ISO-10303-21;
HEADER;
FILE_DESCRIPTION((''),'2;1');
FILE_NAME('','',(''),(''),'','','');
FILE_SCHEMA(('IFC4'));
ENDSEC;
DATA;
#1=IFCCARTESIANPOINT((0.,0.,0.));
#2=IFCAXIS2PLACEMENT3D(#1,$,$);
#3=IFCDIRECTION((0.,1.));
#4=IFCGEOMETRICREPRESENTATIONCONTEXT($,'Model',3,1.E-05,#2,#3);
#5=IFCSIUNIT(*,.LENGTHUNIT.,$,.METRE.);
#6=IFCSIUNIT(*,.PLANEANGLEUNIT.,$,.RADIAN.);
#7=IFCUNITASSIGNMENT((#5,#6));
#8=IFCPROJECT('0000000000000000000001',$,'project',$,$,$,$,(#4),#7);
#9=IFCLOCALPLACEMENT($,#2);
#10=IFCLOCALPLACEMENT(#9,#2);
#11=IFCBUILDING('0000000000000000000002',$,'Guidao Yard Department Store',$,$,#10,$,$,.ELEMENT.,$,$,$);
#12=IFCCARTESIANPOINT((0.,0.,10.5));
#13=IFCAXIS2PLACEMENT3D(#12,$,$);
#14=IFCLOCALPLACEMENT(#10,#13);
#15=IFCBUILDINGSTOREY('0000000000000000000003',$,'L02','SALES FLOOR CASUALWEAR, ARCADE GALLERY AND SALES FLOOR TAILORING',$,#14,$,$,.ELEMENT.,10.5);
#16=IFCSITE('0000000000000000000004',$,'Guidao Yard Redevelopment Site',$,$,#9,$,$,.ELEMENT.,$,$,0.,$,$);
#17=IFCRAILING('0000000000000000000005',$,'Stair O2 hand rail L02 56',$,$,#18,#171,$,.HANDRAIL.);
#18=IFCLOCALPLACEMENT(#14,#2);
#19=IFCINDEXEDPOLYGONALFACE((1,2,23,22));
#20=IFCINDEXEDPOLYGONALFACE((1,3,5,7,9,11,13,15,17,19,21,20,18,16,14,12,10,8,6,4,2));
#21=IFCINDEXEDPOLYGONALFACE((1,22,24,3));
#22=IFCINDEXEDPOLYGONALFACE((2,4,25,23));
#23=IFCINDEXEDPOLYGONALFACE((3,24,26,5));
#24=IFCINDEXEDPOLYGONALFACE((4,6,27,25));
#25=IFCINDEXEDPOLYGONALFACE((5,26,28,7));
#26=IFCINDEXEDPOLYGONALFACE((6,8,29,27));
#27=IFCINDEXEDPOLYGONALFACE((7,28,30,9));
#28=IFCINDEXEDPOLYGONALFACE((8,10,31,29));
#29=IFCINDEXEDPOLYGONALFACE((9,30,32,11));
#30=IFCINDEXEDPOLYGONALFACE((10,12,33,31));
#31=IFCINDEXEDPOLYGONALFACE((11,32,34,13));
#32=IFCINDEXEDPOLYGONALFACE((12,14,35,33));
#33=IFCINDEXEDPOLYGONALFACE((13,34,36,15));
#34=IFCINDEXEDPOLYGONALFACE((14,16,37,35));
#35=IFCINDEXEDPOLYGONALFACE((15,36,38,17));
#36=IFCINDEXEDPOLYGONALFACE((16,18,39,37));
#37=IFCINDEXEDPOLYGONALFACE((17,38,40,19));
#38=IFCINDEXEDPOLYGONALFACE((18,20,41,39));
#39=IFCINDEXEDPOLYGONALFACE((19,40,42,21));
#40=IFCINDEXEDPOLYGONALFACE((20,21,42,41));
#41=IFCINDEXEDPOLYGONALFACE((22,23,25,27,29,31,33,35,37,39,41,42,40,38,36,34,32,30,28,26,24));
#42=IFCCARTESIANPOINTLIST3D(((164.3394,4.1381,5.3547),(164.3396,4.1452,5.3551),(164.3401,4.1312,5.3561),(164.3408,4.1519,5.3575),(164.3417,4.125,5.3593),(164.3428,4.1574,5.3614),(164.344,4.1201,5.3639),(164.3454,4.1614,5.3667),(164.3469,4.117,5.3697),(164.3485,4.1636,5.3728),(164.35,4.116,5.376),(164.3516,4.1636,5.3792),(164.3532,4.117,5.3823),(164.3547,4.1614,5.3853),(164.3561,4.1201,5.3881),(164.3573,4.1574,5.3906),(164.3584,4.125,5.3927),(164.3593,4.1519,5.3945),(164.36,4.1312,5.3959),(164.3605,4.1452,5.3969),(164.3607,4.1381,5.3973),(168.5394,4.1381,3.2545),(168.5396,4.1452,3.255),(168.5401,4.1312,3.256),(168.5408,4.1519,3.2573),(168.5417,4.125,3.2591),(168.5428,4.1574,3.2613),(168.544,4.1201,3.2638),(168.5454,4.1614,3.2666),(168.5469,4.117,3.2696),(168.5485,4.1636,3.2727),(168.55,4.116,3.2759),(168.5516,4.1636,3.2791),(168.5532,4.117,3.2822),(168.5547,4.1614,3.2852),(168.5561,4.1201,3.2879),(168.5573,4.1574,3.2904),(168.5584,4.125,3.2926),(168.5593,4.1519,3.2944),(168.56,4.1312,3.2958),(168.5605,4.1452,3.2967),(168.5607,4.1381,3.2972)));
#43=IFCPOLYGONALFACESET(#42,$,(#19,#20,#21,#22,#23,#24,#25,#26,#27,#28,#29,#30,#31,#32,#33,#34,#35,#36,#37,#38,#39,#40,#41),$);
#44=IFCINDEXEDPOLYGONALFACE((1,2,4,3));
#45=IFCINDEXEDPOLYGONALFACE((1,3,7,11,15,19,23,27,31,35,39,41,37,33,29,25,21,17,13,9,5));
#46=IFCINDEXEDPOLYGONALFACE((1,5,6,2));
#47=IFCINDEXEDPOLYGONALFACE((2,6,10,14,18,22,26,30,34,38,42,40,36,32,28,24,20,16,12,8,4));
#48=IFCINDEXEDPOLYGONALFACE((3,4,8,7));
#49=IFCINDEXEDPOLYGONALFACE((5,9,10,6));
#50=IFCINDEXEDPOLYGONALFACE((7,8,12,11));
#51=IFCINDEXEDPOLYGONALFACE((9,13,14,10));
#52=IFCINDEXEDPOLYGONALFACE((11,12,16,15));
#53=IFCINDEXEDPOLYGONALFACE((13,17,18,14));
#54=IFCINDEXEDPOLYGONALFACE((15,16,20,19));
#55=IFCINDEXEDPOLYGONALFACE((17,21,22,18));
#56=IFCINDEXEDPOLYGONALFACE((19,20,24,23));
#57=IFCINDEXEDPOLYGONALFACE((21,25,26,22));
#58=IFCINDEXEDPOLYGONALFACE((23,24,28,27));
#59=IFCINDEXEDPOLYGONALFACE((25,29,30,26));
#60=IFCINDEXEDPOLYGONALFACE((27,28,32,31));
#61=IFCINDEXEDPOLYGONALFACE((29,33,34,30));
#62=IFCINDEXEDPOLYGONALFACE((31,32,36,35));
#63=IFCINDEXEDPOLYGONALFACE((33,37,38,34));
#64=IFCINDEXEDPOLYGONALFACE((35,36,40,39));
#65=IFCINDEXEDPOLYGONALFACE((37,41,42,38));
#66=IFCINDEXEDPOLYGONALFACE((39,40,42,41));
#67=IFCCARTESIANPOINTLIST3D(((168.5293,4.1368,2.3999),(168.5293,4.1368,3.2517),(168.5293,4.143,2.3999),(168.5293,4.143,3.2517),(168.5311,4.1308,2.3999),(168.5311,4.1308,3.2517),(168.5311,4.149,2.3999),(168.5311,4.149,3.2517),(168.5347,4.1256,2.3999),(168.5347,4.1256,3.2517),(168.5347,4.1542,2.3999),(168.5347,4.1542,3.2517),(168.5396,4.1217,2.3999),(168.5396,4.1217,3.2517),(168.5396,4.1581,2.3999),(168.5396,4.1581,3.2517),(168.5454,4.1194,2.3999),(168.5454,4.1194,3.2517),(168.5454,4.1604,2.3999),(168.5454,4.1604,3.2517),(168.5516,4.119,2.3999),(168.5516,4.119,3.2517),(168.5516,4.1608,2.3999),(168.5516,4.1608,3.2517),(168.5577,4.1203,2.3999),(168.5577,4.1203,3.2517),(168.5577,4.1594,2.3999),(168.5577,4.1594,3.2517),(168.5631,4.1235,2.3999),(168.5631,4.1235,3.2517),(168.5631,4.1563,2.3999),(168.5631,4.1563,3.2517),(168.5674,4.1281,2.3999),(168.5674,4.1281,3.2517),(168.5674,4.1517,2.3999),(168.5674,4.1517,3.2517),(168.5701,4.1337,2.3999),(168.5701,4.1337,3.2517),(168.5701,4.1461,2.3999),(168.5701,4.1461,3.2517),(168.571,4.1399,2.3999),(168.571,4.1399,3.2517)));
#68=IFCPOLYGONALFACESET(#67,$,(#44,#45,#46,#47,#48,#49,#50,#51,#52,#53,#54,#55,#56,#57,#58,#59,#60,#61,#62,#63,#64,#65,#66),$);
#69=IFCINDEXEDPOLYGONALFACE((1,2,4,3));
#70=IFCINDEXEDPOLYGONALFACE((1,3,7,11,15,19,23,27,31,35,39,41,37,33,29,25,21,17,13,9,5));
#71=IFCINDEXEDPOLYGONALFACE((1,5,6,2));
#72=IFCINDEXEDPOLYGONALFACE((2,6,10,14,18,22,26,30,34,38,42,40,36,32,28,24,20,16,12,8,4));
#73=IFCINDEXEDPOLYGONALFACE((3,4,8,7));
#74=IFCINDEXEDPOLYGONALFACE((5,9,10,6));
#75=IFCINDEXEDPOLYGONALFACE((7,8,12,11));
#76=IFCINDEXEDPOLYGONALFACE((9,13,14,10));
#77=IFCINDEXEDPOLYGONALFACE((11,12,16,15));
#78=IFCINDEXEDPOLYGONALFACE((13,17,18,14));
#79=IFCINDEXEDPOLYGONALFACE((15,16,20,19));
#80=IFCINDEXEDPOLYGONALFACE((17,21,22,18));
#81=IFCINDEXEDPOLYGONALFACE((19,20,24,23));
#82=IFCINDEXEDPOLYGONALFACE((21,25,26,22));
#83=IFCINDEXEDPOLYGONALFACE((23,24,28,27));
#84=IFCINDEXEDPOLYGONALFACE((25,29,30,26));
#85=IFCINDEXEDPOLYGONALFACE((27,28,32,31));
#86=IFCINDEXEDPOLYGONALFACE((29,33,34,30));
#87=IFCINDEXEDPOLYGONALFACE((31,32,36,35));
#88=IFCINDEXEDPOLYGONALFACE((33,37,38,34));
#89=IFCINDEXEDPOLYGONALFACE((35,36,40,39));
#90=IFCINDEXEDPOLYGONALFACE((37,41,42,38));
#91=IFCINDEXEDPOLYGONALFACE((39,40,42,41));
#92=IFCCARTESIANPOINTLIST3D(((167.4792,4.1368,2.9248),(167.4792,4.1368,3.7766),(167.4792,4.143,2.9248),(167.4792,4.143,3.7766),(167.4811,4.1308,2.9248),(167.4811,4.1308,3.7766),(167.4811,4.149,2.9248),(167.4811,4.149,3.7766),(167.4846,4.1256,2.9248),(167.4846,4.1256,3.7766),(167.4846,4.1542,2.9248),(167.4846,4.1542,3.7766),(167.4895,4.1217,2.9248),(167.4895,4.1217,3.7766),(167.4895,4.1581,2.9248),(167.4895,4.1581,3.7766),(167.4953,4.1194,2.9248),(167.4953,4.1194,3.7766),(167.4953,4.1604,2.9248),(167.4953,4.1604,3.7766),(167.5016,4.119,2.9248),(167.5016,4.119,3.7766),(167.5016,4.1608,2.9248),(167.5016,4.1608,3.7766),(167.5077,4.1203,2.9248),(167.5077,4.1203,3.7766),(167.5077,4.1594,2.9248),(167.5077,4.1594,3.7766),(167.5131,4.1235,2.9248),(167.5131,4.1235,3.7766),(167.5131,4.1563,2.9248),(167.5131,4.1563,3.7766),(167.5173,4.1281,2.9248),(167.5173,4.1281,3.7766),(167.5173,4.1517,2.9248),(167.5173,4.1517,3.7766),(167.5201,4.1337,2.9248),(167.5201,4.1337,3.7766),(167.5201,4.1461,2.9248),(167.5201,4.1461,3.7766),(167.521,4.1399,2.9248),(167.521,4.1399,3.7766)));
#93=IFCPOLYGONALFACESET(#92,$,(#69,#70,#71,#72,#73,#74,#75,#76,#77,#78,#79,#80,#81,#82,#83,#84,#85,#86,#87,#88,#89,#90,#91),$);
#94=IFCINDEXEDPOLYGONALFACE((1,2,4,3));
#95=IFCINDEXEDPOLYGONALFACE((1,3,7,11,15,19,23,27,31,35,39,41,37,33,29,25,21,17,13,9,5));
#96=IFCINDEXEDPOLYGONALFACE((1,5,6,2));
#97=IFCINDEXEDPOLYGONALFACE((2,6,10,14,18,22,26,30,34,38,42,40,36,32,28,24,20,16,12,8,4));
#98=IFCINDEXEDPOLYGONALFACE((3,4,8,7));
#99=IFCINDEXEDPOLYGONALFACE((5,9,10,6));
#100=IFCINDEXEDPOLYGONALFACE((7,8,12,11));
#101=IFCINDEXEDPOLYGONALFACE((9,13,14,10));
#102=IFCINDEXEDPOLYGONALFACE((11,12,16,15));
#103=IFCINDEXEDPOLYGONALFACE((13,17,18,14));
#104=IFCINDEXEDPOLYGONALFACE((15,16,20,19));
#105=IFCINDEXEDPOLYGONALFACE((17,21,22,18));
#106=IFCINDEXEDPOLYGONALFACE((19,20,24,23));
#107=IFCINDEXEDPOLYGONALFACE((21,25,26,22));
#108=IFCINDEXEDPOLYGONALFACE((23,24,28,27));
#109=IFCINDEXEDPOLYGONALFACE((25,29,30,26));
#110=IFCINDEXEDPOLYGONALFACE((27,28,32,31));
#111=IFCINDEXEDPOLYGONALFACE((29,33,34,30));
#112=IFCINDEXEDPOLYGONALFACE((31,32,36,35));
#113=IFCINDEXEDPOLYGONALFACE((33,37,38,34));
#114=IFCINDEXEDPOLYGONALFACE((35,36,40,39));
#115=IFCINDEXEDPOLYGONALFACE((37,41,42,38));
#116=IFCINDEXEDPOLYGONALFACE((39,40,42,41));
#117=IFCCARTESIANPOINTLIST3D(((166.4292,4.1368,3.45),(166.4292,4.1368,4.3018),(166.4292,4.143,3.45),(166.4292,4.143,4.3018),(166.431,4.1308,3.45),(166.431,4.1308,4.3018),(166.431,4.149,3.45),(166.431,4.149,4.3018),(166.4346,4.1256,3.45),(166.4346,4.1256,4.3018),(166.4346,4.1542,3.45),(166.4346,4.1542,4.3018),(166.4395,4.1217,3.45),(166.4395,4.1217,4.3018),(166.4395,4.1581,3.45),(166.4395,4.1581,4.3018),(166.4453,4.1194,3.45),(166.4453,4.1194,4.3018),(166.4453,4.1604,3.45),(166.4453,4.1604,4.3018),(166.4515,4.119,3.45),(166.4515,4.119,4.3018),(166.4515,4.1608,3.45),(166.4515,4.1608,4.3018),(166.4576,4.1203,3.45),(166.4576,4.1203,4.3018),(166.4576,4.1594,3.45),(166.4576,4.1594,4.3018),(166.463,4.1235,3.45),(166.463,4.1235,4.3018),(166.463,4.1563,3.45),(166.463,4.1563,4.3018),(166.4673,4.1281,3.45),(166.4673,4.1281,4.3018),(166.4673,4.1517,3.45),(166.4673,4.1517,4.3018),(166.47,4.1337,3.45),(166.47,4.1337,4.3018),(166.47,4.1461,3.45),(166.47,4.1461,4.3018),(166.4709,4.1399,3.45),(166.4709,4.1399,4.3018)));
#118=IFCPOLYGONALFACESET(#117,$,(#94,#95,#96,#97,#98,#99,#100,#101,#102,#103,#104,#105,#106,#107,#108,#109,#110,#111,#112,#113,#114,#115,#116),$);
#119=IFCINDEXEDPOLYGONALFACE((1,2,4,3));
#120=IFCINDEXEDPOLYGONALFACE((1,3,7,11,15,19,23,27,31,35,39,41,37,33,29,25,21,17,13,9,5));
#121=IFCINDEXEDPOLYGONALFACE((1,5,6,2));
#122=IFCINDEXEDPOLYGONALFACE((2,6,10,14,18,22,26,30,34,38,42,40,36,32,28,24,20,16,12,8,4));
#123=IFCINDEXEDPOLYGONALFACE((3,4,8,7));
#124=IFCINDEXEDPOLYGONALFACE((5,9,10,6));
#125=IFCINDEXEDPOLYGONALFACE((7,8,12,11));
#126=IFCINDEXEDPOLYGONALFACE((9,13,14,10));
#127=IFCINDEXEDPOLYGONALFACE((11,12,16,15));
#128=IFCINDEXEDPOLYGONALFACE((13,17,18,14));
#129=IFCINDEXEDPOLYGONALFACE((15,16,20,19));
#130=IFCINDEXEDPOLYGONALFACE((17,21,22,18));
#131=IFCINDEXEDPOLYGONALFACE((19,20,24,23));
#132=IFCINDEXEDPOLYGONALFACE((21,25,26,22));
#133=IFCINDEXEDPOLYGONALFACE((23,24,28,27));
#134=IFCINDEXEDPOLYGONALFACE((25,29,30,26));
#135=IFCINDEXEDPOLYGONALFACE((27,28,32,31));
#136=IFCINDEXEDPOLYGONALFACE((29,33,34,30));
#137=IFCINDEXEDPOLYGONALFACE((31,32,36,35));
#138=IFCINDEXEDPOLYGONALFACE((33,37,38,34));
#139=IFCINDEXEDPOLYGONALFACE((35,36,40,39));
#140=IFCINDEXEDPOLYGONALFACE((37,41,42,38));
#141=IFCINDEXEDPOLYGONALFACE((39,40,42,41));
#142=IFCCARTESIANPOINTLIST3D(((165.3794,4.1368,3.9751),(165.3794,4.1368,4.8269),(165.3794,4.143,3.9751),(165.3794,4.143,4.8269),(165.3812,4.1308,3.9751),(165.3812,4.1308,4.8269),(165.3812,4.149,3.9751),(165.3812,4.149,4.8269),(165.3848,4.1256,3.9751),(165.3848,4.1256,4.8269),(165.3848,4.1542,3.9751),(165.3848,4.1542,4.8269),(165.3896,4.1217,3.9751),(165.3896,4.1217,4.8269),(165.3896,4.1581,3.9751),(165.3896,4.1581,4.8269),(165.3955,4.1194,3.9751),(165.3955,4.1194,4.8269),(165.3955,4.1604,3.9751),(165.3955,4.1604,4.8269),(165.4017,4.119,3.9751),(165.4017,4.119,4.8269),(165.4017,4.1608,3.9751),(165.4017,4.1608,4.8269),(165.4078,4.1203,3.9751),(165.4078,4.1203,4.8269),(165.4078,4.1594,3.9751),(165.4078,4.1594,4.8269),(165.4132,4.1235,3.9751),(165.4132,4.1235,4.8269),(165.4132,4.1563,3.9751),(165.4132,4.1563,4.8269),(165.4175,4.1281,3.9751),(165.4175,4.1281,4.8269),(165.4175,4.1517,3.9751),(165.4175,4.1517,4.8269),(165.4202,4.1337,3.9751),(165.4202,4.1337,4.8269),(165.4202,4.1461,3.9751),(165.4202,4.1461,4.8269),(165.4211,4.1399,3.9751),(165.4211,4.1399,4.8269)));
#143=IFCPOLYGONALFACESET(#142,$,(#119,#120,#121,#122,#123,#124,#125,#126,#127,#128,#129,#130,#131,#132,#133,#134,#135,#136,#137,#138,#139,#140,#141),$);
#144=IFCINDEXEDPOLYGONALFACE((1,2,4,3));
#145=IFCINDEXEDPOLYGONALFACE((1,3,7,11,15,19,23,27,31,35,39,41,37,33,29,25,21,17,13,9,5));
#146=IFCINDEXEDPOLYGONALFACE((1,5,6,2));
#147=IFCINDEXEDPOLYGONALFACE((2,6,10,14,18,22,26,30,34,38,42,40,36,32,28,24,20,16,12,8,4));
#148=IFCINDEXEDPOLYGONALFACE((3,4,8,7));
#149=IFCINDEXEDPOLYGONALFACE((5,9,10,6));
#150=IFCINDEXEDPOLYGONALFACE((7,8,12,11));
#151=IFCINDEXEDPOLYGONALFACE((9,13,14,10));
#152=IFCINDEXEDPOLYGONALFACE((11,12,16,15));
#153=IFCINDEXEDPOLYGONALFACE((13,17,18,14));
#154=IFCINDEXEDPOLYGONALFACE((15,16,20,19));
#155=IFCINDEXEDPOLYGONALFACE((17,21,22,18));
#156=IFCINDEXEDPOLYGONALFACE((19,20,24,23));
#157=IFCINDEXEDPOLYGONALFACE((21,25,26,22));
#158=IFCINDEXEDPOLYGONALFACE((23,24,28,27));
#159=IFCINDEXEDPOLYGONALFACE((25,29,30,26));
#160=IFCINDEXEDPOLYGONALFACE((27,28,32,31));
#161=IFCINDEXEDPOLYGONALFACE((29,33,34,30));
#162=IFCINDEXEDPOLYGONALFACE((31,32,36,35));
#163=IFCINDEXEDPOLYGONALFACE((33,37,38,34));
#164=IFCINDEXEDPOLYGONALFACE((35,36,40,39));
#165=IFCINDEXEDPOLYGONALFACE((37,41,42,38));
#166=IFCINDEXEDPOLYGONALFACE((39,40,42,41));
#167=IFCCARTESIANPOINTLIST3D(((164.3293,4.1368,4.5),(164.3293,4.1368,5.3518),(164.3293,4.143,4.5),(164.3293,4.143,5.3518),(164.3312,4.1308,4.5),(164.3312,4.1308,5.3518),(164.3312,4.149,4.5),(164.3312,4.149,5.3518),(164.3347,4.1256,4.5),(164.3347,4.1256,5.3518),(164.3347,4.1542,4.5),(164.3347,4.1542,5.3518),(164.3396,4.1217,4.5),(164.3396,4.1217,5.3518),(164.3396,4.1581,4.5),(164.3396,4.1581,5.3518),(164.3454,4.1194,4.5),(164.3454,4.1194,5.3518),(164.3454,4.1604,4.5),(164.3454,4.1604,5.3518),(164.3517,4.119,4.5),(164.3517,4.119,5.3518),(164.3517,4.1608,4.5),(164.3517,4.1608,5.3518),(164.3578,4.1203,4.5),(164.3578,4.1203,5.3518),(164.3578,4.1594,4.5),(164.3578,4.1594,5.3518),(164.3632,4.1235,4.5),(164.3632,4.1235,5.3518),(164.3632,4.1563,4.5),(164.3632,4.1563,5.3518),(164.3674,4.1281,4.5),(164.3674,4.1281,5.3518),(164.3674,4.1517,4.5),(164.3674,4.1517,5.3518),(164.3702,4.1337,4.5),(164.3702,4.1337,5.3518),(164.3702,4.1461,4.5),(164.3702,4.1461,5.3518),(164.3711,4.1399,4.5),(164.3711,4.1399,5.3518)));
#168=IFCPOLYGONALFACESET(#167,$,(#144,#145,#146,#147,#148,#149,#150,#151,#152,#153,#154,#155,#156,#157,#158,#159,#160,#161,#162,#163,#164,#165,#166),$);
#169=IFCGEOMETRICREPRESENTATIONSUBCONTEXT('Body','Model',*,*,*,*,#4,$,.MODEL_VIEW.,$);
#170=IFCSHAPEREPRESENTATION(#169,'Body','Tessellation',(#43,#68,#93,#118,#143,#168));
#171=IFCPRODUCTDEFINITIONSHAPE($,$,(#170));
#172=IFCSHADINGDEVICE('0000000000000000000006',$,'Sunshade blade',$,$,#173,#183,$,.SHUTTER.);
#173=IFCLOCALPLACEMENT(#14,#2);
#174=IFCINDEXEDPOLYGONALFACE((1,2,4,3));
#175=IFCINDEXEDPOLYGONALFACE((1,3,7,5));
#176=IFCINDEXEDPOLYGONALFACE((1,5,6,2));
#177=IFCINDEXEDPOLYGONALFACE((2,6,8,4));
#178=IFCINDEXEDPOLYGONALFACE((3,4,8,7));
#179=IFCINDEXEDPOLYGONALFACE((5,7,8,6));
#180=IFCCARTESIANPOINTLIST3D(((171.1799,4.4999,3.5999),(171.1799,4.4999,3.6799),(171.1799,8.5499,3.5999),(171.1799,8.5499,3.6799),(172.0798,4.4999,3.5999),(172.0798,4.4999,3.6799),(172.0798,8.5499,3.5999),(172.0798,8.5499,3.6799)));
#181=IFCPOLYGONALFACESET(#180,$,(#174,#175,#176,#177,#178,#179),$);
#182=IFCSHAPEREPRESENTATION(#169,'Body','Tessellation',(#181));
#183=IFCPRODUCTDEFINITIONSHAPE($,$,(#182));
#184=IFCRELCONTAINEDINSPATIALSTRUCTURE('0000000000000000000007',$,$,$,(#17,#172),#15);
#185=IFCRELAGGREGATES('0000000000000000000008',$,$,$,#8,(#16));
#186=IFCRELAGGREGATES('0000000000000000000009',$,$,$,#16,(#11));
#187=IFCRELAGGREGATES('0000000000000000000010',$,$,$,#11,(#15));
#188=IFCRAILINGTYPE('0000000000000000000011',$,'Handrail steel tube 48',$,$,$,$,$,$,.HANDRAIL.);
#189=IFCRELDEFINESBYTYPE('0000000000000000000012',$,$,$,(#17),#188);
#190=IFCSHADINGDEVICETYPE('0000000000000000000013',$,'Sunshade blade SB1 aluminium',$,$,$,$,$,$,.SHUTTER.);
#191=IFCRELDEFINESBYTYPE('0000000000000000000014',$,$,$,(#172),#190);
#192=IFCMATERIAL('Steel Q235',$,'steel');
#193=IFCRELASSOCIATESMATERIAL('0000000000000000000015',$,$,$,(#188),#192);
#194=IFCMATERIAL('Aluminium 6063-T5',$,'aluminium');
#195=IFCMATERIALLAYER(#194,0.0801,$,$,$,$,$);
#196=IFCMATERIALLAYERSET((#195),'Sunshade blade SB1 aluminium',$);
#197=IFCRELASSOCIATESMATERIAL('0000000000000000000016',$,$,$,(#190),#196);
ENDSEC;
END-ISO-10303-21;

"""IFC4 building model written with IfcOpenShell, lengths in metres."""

from ifc_helpers import new_model, si_unit, direction, frame, origin, origin_2d, place, context, subcontext, project, spatial, rectangle, circle, extrude, material, layer, layer_set, type_object, element, save


model = new_model("IFC4")

# Units and contexts
model_context = context("Model", 3, precision=1e-05, world=origin(), true_north=direction((0.0, 1.0)))
body_context = subcontext(model_context, "Body", "Model", "MODEL_VIEW")
ifc_project = project(units=[si_unit("LENGTHUNIT", "METRE"), si_unit("PLANEANGLEUNIT", "RADIAN")], contexts=[model_context])

# Site, building, storey
site_placement = place(None, origin())
site = spatial("IfcSite", under=ifc_project, at=site_placement, Name="Guidao Yard Redevelopment Site", CompositionType="ELEMENT", RefElevation=0.0)
building_placement = place(site_placement, origin())
building = spatial("IfcBuilding", under=site, at=building_placement, Name="Guidao Yard Department Store", CompositionType="ELEMENT")
storey_placement = place(building_placement, frame((0.0, 0.0, 10.5)))
storey = spatial("IfcBuildingStorey", under=building, at=storey_placement, Name="L02", Description="SALES FLOOR CASUALWEAR, ARCADE GALLERY AND SALES FLOOR TAILORING", CompositionType="ELEMENT", Elevation=10.5)

# Railing
ifc_material_1 = material(Name="Steel Q235", Category="steel")
railing_type_1 = type_object("IfcRailingType", Name="Handrail steel tube 48", PredefinedType="HANDRAIL", material=ifc_material_1)
for number, where, name in (
    (1, (168.55, 4.1399, 2.3999), "Stair O2 hand rail L02 56"),
):
    element("IfcRailing", number, at=place(storey_placement, frame(where)), inside=storey, type_object=railing_type_1, Name=name, PredefinedType="HANDRAIL", context=body_context, shape_type="SweptSolid", body=[
        extrude(circle(Radius=0.0239, at=origin_2d()), frame((0.0, 0.0, 0.876), z_axis=(-0.894417, 0.0, 0.447234), x_axis=(0.0, -1.0, 0.0)), (0.0, 0.0, 1.0), 4.6958),
        extrude(circle(Radius=0.021, at=origin_2d()), origin(), (0.0, 0.0, 1.0), 0.8518),
        extrude(circle(Radius=0.021, at=origin_2d()), frame((-1.05, 0.0, 0.5249)), (0.0, 0.0, 1.0), 0.8518),
        extrude(circle(Radius=0.021, at=origin_2d()), frame((-2.1001, 0.0, 1.05)), (0.0, 0.0, 1.0), 0.8518),
        extrude(circle(Radius=0.021, at=origin_2d()), frame((-3.1499, 0.0, 1.5752)), (0.0, 0.0, 1.0), 0.8518),
        extrude(circle(Radius=0.021, at=origin_2d()), frame((-4.2, 0.0, 2.1001)), (0.0, 0.0, 1.0), 0.8518),
    ])

# Shading device
ifc_material_2 = material(Name="Aluminium 6063-T5", Category="aluminium")
ifc_layer_1 = layer(ifc_material_2, 0.0801)
ifc_layer_set_1 = layer_set([ifc_layer_1], Name="Sunshade blade SB1 aluminium")
shading_device_type = type_object("IfcShadingDeviceType", Name="Sunshade blade SB1 aluminium", PredefinedType="SHUTTER", material=ifc_layer_set_1)
shading_device_placement = place(storey_placement, frame((171.6299, 6.5249, 3.5999), z_axis=(0.0, 0.0, 1.0), x_axis=(0.0, -1.0, 0.0)))
element("IfcShadingDevice", 2, at=shading_device_placement, inside=storey, type_object=shading_device_type, Name="Sunshade blade", PredefinedType="SHUTTER", context=body_context, shape_type="SweptSolid", body=[
    extrude(rectangle(XDim=4.05, YDim=0.8999, at=origin_2d()), origin(), (0.0, 0.0, 1.0), 0.0801),
])

save(model, "model.ifc")
